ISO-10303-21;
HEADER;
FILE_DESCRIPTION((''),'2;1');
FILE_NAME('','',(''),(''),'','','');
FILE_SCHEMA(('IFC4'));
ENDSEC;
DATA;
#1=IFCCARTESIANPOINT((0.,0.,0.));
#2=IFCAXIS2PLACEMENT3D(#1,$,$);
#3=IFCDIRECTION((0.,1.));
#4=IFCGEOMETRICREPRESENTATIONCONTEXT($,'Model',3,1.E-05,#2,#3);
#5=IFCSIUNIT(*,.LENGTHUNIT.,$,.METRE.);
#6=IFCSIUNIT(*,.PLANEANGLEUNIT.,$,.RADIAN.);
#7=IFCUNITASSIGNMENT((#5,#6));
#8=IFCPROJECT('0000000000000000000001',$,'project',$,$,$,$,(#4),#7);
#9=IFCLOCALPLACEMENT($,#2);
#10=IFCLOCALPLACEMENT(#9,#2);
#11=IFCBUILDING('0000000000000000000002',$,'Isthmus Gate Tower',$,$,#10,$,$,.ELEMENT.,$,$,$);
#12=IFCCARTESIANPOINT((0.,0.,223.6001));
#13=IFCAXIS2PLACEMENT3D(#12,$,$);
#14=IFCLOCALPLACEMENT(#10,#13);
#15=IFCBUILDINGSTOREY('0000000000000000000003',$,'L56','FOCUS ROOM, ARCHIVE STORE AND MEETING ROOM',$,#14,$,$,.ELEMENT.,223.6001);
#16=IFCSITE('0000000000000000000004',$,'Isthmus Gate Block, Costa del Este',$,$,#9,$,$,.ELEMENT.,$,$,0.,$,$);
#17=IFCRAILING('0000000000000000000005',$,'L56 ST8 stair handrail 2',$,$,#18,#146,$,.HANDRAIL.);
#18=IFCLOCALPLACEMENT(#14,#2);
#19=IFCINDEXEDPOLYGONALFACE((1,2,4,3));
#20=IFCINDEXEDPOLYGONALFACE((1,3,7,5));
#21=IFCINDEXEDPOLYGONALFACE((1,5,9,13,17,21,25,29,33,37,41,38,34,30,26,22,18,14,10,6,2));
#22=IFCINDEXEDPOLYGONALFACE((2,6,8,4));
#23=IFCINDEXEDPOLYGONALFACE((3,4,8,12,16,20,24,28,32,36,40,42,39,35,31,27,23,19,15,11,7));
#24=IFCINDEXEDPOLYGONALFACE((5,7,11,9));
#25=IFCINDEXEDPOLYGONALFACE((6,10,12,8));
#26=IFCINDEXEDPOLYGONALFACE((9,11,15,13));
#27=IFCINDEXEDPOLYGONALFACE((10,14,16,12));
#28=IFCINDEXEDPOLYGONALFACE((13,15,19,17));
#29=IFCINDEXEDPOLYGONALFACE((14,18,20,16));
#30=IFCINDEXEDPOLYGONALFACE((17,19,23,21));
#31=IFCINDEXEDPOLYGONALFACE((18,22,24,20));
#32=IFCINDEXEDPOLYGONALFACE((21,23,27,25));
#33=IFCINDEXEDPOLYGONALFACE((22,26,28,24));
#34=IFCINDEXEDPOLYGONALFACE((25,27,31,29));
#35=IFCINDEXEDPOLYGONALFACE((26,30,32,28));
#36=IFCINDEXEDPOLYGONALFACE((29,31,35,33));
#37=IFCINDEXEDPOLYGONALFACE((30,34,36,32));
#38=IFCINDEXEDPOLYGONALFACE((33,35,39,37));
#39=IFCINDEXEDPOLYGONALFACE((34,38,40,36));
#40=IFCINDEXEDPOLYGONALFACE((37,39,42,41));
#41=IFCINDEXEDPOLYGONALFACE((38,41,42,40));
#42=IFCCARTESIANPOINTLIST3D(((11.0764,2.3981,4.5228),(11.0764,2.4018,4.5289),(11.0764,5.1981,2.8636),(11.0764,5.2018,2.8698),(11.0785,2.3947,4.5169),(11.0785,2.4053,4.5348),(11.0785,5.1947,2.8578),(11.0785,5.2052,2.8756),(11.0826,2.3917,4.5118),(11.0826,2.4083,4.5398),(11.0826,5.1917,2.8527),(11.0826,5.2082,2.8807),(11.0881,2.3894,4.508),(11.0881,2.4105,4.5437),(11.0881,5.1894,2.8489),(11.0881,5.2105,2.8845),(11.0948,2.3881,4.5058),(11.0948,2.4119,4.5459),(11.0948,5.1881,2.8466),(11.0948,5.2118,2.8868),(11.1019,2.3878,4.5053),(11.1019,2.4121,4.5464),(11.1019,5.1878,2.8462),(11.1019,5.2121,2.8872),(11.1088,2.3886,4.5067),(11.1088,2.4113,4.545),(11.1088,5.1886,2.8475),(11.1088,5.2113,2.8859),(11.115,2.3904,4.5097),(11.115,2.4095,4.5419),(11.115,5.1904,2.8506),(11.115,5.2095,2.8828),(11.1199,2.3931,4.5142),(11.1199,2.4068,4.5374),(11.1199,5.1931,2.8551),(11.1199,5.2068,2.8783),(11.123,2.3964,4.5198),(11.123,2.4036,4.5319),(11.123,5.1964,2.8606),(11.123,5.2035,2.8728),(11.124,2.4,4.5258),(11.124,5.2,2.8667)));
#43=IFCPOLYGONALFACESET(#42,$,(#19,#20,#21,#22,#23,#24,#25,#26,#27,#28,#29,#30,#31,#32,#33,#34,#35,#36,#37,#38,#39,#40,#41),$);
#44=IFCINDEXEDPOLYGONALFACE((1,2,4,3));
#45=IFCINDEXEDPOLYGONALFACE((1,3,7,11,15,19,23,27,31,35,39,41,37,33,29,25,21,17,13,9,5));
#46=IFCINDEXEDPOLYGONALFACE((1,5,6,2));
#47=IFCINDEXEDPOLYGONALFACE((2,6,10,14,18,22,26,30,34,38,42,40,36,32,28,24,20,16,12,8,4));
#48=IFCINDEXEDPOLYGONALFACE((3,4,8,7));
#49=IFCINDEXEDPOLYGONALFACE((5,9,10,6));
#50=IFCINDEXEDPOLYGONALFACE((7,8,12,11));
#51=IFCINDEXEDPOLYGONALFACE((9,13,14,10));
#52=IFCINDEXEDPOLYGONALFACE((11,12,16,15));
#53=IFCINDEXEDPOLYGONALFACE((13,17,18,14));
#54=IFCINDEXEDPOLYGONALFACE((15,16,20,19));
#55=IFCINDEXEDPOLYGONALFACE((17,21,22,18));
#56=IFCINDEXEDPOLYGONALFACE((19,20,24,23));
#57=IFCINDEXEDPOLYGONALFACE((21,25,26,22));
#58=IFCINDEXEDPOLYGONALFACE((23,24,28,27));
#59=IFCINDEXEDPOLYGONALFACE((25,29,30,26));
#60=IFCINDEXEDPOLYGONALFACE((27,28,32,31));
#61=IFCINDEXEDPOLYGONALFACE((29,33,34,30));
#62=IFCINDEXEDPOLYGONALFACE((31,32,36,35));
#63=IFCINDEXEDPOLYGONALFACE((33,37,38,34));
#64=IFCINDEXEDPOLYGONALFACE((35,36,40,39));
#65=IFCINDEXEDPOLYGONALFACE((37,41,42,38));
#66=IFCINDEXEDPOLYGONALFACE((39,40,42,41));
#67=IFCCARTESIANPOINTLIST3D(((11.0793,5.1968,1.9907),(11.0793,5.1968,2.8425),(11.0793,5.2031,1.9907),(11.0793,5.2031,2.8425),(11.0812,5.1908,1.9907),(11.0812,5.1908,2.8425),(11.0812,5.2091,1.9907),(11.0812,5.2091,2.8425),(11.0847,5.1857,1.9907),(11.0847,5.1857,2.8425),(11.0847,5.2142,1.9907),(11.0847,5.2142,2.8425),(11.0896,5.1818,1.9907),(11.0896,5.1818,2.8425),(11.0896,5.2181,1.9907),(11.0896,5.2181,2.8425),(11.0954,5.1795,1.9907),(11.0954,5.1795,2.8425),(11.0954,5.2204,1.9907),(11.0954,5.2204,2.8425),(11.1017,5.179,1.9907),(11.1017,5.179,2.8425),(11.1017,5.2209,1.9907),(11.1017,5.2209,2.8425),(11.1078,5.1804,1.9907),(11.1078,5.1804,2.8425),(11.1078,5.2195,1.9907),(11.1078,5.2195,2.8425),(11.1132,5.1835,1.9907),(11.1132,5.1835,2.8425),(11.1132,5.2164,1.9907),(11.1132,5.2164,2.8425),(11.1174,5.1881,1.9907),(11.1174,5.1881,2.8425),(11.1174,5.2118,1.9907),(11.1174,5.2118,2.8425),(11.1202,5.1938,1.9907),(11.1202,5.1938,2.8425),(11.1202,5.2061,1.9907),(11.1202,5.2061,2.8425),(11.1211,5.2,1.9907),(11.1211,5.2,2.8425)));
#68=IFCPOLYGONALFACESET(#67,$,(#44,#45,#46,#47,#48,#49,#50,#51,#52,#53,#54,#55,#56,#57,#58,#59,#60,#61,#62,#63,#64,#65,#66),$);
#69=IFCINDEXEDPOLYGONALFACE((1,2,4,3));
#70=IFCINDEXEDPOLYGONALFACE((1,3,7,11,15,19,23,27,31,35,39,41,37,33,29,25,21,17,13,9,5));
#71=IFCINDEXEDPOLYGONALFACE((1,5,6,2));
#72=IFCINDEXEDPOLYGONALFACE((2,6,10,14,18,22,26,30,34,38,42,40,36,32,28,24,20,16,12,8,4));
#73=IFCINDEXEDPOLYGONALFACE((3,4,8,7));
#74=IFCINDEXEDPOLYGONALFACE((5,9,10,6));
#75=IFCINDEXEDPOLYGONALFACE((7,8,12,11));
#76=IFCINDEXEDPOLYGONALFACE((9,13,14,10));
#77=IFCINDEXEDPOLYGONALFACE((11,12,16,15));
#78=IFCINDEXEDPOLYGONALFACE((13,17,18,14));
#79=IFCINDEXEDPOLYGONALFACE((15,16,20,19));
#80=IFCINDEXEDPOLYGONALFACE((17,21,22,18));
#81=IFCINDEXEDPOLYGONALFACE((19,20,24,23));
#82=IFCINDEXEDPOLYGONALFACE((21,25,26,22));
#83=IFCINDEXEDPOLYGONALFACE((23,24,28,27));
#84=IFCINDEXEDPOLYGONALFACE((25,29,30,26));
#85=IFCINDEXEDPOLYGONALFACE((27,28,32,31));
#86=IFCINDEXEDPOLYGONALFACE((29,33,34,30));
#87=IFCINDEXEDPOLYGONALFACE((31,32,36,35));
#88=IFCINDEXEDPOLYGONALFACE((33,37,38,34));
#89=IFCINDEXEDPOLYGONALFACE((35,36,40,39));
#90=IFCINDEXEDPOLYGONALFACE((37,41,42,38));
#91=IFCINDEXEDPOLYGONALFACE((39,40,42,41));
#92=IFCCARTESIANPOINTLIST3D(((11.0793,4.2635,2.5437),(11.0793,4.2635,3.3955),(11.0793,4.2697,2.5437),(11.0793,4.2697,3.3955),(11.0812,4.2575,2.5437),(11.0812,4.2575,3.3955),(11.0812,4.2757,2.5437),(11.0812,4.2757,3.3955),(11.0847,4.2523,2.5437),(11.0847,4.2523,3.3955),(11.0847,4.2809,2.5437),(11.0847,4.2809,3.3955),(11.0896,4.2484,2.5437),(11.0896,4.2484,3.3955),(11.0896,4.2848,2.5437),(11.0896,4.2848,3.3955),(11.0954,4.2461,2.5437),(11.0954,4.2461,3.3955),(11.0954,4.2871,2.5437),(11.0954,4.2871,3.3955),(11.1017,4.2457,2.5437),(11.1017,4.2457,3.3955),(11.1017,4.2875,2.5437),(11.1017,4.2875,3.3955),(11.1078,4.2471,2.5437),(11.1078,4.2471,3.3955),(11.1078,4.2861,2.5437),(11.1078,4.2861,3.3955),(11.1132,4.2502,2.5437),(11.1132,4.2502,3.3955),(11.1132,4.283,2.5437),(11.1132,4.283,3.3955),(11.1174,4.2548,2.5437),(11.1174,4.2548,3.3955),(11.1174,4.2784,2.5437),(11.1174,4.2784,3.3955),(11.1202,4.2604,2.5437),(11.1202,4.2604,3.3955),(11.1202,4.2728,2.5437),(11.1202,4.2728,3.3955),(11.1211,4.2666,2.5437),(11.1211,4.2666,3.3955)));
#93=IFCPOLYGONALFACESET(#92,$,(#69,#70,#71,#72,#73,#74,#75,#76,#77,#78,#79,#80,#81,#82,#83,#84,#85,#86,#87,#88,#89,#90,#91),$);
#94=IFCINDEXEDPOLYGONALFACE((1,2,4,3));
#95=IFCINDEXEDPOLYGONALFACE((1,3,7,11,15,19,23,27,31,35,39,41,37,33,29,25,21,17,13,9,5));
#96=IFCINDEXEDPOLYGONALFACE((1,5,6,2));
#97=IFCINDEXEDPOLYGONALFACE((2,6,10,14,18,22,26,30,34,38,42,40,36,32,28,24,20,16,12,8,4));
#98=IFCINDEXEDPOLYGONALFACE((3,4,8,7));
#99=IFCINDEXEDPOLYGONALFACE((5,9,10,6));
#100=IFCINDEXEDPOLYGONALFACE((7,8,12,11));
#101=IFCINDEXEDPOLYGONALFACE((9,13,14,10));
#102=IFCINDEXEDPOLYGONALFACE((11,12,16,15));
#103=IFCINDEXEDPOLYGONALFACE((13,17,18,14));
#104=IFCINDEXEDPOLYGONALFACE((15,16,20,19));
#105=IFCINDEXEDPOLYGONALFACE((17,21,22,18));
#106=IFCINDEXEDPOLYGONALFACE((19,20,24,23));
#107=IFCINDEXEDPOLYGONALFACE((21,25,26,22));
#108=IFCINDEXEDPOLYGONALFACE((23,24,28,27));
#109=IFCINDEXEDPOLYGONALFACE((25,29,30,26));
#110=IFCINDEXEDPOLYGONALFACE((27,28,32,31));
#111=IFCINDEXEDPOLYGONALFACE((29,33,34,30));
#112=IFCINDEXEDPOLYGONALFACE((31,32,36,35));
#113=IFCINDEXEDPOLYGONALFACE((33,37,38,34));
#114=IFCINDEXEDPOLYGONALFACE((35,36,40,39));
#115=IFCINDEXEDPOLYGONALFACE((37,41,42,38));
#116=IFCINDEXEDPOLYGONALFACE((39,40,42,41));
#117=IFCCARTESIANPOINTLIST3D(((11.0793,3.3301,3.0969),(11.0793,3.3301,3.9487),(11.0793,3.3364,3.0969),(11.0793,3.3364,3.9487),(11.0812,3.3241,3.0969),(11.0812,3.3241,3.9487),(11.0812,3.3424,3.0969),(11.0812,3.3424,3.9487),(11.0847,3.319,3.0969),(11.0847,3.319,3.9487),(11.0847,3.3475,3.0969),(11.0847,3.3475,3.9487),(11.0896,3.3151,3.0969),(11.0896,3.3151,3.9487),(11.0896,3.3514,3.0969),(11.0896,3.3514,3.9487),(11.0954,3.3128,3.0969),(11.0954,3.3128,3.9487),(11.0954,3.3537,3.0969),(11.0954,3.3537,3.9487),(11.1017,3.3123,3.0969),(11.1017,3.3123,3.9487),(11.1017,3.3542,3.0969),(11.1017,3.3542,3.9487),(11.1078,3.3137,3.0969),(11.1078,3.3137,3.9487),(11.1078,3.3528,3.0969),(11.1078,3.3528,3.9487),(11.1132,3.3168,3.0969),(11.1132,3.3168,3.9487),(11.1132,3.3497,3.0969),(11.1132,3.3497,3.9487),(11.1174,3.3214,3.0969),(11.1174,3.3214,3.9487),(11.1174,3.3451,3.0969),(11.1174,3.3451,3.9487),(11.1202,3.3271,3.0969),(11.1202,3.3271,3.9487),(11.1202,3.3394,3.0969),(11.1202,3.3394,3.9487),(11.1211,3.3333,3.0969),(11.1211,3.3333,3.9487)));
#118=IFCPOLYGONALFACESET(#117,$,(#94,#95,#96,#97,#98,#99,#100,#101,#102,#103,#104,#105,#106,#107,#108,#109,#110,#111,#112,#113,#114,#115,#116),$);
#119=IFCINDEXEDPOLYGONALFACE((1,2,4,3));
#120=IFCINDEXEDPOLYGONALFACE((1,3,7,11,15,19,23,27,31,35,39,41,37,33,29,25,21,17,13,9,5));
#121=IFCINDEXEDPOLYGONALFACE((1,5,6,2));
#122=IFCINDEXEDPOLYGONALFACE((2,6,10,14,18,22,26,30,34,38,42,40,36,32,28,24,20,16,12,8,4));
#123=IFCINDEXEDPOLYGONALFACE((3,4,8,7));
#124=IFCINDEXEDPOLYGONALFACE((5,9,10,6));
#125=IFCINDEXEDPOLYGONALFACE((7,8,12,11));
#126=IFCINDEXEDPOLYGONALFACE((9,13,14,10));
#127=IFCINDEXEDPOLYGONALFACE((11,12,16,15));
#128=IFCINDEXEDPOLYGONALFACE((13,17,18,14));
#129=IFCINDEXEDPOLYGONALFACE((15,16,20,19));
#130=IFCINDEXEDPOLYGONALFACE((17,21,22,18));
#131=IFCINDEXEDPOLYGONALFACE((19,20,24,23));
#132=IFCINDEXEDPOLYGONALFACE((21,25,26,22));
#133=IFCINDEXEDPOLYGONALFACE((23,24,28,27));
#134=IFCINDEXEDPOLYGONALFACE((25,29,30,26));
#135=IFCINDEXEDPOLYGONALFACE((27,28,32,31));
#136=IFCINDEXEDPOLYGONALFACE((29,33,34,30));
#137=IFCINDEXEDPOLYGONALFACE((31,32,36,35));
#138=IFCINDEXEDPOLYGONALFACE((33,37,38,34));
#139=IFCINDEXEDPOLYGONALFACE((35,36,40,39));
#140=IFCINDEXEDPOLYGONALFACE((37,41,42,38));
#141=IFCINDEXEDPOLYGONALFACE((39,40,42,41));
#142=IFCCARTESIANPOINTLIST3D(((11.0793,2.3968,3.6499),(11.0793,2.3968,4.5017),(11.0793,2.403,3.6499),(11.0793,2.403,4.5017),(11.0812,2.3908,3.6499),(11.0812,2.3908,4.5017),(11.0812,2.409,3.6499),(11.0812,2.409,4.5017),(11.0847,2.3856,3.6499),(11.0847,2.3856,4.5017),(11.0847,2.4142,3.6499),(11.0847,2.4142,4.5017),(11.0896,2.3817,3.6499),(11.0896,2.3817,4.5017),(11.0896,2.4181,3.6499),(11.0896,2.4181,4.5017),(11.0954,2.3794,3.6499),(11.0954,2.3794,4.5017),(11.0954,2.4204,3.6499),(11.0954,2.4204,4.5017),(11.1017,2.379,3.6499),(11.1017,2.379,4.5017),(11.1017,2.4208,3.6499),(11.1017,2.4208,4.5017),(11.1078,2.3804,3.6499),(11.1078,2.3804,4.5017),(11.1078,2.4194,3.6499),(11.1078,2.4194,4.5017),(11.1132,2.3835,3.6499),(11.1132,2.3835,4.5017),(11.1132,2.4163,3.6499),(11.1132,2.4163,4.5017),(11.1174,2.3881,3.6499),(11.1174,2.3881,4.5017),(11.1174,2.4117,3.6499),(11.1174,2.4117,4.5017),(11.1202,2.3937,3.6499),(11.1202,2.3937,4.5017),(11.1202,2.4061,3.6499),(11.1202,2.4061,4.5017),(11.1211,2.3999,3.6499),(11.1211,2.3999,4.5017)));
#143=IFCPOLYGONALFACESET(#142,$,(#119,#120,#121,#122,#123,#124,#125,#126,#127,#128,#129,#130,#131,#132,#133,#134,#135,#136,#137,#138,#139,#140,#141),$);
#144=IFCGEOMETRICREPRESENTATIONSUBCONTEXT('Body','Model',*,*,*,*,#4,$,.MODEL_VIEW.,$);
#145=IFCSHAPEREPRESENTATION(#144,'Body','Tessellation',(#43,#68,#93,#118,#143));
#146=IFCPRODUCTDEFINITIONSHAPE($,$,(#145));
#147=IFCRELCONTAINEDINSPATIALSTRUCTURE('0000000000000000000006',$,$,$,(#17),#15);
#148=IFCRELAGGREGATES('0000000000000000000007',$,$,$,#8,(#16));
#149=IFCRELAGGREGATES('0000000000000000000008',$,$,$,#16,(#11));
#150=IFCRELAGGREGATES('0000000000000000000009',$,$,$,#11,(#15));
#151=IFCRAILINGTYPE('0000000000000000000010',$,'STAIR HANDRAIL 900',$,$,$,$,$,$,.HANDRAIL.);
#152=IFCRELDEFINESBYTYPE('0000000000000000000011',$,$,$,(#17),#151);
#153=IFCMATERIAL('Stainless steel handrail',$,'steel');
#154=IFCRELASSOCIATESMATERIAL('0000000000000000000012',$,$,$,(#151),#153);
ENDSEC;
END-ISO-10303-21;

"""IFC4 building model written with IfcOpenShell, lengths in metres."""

from ifc_helpers import new_model, si_unit, direction, frame, origin, origin_2d, place, context, subcontext, project, spatial, circle, extrude, material, type_object, element, save


model = new_model("IFC4")

# Units and contexts
model_context = context("Model", 3, precision=1e-05, world=origin(), true_north=direction((0.0, 1.0)))
body_context = subcontext(model_context, "Body", "Model", "MODEL_VIEW")
ifc_project = project(units=[si_unit("LENGTHUNIT", "METRE"), si_unit("PLANEANGLEUNIT", "RADIAN")], contexts=[model_context])

# Site, building, storey
site_placement = place(None, origin())
site = spatial("IfcSite", under=ifc_project, at=site_placement, Name="Isthmus Gate Block, Costa del Este", CompositionType="ELEMENT", RefElevation=0.0)
building_placement = place(site_placement, origin())
building = spatial("IfcBuilding", under=site, at=building_placement, Name="Isthmus Gate Tower", CompositionType="ELEMENT")
storey_placement = place(building_placement, frame((0.0, 0.0, 223.6001)))
storey = spatial("IfcBuildingStorey", under=building, at=storey_placement, Name="L56", Description="FOCUS ROOM, ARCHIVE STORE AND MEETING ROOM", CompositionType="ELEMENT", Elevation=223.6001)

# Railing
ifc_material_1 = material(Name="Stainless steel handrail", Category="steel")
railing_type_1 = type_object("IfcRailingType", Name="STAIR HANDRAIL 900", PredefinedType="HANDRAIL", material=ifc_material_1)
for number, where, name in (
    (1, (11.1001, 5.2, 1.9907), "L56 ST8 stair handrail 2"),
):
    element("IfcRailing", number, at=place(storey_placement, frame(where)), inside=storey, type_object=railing_type_1, Name=name, PredefinedType="HANDRAIL", context=body_context, shape_type="SweptSolid", body=[
        extrude(circle(Radius=0.0239, at=origin_2d()), frame((0.0, 0.0, 0.876), z_axis=(0.0, -0.860306, 0.509778), x_axis=(1.0, 0.0, 0.0)), (0.0, 0.0, 1.0), 3.2546),
        extrude(circle(Radius=0.021, at=origin_2d()), origin(), (0.0, 0.0, 1.0), 0.8518),
        extrude(circle(Radius=0.021, at=origin_2d()), frame((0.0, -0.9333, 0.553)), (0.0, 0.0, 1.0), 0.8518),
        extrude(circle(Radius=0.021, at=origin_2d()), frame((0.0, -1.8667, 1.1062)), (0.0, 0.0, 1.0), 0.8518),
        extrude(circle(Radius=0.021, at=origin_2d()), frame((0.0, -2.8, 1.6592)), (0.0, 0.0, 1.0), 0.8518),
    ])

save(model, "model.ifc")
